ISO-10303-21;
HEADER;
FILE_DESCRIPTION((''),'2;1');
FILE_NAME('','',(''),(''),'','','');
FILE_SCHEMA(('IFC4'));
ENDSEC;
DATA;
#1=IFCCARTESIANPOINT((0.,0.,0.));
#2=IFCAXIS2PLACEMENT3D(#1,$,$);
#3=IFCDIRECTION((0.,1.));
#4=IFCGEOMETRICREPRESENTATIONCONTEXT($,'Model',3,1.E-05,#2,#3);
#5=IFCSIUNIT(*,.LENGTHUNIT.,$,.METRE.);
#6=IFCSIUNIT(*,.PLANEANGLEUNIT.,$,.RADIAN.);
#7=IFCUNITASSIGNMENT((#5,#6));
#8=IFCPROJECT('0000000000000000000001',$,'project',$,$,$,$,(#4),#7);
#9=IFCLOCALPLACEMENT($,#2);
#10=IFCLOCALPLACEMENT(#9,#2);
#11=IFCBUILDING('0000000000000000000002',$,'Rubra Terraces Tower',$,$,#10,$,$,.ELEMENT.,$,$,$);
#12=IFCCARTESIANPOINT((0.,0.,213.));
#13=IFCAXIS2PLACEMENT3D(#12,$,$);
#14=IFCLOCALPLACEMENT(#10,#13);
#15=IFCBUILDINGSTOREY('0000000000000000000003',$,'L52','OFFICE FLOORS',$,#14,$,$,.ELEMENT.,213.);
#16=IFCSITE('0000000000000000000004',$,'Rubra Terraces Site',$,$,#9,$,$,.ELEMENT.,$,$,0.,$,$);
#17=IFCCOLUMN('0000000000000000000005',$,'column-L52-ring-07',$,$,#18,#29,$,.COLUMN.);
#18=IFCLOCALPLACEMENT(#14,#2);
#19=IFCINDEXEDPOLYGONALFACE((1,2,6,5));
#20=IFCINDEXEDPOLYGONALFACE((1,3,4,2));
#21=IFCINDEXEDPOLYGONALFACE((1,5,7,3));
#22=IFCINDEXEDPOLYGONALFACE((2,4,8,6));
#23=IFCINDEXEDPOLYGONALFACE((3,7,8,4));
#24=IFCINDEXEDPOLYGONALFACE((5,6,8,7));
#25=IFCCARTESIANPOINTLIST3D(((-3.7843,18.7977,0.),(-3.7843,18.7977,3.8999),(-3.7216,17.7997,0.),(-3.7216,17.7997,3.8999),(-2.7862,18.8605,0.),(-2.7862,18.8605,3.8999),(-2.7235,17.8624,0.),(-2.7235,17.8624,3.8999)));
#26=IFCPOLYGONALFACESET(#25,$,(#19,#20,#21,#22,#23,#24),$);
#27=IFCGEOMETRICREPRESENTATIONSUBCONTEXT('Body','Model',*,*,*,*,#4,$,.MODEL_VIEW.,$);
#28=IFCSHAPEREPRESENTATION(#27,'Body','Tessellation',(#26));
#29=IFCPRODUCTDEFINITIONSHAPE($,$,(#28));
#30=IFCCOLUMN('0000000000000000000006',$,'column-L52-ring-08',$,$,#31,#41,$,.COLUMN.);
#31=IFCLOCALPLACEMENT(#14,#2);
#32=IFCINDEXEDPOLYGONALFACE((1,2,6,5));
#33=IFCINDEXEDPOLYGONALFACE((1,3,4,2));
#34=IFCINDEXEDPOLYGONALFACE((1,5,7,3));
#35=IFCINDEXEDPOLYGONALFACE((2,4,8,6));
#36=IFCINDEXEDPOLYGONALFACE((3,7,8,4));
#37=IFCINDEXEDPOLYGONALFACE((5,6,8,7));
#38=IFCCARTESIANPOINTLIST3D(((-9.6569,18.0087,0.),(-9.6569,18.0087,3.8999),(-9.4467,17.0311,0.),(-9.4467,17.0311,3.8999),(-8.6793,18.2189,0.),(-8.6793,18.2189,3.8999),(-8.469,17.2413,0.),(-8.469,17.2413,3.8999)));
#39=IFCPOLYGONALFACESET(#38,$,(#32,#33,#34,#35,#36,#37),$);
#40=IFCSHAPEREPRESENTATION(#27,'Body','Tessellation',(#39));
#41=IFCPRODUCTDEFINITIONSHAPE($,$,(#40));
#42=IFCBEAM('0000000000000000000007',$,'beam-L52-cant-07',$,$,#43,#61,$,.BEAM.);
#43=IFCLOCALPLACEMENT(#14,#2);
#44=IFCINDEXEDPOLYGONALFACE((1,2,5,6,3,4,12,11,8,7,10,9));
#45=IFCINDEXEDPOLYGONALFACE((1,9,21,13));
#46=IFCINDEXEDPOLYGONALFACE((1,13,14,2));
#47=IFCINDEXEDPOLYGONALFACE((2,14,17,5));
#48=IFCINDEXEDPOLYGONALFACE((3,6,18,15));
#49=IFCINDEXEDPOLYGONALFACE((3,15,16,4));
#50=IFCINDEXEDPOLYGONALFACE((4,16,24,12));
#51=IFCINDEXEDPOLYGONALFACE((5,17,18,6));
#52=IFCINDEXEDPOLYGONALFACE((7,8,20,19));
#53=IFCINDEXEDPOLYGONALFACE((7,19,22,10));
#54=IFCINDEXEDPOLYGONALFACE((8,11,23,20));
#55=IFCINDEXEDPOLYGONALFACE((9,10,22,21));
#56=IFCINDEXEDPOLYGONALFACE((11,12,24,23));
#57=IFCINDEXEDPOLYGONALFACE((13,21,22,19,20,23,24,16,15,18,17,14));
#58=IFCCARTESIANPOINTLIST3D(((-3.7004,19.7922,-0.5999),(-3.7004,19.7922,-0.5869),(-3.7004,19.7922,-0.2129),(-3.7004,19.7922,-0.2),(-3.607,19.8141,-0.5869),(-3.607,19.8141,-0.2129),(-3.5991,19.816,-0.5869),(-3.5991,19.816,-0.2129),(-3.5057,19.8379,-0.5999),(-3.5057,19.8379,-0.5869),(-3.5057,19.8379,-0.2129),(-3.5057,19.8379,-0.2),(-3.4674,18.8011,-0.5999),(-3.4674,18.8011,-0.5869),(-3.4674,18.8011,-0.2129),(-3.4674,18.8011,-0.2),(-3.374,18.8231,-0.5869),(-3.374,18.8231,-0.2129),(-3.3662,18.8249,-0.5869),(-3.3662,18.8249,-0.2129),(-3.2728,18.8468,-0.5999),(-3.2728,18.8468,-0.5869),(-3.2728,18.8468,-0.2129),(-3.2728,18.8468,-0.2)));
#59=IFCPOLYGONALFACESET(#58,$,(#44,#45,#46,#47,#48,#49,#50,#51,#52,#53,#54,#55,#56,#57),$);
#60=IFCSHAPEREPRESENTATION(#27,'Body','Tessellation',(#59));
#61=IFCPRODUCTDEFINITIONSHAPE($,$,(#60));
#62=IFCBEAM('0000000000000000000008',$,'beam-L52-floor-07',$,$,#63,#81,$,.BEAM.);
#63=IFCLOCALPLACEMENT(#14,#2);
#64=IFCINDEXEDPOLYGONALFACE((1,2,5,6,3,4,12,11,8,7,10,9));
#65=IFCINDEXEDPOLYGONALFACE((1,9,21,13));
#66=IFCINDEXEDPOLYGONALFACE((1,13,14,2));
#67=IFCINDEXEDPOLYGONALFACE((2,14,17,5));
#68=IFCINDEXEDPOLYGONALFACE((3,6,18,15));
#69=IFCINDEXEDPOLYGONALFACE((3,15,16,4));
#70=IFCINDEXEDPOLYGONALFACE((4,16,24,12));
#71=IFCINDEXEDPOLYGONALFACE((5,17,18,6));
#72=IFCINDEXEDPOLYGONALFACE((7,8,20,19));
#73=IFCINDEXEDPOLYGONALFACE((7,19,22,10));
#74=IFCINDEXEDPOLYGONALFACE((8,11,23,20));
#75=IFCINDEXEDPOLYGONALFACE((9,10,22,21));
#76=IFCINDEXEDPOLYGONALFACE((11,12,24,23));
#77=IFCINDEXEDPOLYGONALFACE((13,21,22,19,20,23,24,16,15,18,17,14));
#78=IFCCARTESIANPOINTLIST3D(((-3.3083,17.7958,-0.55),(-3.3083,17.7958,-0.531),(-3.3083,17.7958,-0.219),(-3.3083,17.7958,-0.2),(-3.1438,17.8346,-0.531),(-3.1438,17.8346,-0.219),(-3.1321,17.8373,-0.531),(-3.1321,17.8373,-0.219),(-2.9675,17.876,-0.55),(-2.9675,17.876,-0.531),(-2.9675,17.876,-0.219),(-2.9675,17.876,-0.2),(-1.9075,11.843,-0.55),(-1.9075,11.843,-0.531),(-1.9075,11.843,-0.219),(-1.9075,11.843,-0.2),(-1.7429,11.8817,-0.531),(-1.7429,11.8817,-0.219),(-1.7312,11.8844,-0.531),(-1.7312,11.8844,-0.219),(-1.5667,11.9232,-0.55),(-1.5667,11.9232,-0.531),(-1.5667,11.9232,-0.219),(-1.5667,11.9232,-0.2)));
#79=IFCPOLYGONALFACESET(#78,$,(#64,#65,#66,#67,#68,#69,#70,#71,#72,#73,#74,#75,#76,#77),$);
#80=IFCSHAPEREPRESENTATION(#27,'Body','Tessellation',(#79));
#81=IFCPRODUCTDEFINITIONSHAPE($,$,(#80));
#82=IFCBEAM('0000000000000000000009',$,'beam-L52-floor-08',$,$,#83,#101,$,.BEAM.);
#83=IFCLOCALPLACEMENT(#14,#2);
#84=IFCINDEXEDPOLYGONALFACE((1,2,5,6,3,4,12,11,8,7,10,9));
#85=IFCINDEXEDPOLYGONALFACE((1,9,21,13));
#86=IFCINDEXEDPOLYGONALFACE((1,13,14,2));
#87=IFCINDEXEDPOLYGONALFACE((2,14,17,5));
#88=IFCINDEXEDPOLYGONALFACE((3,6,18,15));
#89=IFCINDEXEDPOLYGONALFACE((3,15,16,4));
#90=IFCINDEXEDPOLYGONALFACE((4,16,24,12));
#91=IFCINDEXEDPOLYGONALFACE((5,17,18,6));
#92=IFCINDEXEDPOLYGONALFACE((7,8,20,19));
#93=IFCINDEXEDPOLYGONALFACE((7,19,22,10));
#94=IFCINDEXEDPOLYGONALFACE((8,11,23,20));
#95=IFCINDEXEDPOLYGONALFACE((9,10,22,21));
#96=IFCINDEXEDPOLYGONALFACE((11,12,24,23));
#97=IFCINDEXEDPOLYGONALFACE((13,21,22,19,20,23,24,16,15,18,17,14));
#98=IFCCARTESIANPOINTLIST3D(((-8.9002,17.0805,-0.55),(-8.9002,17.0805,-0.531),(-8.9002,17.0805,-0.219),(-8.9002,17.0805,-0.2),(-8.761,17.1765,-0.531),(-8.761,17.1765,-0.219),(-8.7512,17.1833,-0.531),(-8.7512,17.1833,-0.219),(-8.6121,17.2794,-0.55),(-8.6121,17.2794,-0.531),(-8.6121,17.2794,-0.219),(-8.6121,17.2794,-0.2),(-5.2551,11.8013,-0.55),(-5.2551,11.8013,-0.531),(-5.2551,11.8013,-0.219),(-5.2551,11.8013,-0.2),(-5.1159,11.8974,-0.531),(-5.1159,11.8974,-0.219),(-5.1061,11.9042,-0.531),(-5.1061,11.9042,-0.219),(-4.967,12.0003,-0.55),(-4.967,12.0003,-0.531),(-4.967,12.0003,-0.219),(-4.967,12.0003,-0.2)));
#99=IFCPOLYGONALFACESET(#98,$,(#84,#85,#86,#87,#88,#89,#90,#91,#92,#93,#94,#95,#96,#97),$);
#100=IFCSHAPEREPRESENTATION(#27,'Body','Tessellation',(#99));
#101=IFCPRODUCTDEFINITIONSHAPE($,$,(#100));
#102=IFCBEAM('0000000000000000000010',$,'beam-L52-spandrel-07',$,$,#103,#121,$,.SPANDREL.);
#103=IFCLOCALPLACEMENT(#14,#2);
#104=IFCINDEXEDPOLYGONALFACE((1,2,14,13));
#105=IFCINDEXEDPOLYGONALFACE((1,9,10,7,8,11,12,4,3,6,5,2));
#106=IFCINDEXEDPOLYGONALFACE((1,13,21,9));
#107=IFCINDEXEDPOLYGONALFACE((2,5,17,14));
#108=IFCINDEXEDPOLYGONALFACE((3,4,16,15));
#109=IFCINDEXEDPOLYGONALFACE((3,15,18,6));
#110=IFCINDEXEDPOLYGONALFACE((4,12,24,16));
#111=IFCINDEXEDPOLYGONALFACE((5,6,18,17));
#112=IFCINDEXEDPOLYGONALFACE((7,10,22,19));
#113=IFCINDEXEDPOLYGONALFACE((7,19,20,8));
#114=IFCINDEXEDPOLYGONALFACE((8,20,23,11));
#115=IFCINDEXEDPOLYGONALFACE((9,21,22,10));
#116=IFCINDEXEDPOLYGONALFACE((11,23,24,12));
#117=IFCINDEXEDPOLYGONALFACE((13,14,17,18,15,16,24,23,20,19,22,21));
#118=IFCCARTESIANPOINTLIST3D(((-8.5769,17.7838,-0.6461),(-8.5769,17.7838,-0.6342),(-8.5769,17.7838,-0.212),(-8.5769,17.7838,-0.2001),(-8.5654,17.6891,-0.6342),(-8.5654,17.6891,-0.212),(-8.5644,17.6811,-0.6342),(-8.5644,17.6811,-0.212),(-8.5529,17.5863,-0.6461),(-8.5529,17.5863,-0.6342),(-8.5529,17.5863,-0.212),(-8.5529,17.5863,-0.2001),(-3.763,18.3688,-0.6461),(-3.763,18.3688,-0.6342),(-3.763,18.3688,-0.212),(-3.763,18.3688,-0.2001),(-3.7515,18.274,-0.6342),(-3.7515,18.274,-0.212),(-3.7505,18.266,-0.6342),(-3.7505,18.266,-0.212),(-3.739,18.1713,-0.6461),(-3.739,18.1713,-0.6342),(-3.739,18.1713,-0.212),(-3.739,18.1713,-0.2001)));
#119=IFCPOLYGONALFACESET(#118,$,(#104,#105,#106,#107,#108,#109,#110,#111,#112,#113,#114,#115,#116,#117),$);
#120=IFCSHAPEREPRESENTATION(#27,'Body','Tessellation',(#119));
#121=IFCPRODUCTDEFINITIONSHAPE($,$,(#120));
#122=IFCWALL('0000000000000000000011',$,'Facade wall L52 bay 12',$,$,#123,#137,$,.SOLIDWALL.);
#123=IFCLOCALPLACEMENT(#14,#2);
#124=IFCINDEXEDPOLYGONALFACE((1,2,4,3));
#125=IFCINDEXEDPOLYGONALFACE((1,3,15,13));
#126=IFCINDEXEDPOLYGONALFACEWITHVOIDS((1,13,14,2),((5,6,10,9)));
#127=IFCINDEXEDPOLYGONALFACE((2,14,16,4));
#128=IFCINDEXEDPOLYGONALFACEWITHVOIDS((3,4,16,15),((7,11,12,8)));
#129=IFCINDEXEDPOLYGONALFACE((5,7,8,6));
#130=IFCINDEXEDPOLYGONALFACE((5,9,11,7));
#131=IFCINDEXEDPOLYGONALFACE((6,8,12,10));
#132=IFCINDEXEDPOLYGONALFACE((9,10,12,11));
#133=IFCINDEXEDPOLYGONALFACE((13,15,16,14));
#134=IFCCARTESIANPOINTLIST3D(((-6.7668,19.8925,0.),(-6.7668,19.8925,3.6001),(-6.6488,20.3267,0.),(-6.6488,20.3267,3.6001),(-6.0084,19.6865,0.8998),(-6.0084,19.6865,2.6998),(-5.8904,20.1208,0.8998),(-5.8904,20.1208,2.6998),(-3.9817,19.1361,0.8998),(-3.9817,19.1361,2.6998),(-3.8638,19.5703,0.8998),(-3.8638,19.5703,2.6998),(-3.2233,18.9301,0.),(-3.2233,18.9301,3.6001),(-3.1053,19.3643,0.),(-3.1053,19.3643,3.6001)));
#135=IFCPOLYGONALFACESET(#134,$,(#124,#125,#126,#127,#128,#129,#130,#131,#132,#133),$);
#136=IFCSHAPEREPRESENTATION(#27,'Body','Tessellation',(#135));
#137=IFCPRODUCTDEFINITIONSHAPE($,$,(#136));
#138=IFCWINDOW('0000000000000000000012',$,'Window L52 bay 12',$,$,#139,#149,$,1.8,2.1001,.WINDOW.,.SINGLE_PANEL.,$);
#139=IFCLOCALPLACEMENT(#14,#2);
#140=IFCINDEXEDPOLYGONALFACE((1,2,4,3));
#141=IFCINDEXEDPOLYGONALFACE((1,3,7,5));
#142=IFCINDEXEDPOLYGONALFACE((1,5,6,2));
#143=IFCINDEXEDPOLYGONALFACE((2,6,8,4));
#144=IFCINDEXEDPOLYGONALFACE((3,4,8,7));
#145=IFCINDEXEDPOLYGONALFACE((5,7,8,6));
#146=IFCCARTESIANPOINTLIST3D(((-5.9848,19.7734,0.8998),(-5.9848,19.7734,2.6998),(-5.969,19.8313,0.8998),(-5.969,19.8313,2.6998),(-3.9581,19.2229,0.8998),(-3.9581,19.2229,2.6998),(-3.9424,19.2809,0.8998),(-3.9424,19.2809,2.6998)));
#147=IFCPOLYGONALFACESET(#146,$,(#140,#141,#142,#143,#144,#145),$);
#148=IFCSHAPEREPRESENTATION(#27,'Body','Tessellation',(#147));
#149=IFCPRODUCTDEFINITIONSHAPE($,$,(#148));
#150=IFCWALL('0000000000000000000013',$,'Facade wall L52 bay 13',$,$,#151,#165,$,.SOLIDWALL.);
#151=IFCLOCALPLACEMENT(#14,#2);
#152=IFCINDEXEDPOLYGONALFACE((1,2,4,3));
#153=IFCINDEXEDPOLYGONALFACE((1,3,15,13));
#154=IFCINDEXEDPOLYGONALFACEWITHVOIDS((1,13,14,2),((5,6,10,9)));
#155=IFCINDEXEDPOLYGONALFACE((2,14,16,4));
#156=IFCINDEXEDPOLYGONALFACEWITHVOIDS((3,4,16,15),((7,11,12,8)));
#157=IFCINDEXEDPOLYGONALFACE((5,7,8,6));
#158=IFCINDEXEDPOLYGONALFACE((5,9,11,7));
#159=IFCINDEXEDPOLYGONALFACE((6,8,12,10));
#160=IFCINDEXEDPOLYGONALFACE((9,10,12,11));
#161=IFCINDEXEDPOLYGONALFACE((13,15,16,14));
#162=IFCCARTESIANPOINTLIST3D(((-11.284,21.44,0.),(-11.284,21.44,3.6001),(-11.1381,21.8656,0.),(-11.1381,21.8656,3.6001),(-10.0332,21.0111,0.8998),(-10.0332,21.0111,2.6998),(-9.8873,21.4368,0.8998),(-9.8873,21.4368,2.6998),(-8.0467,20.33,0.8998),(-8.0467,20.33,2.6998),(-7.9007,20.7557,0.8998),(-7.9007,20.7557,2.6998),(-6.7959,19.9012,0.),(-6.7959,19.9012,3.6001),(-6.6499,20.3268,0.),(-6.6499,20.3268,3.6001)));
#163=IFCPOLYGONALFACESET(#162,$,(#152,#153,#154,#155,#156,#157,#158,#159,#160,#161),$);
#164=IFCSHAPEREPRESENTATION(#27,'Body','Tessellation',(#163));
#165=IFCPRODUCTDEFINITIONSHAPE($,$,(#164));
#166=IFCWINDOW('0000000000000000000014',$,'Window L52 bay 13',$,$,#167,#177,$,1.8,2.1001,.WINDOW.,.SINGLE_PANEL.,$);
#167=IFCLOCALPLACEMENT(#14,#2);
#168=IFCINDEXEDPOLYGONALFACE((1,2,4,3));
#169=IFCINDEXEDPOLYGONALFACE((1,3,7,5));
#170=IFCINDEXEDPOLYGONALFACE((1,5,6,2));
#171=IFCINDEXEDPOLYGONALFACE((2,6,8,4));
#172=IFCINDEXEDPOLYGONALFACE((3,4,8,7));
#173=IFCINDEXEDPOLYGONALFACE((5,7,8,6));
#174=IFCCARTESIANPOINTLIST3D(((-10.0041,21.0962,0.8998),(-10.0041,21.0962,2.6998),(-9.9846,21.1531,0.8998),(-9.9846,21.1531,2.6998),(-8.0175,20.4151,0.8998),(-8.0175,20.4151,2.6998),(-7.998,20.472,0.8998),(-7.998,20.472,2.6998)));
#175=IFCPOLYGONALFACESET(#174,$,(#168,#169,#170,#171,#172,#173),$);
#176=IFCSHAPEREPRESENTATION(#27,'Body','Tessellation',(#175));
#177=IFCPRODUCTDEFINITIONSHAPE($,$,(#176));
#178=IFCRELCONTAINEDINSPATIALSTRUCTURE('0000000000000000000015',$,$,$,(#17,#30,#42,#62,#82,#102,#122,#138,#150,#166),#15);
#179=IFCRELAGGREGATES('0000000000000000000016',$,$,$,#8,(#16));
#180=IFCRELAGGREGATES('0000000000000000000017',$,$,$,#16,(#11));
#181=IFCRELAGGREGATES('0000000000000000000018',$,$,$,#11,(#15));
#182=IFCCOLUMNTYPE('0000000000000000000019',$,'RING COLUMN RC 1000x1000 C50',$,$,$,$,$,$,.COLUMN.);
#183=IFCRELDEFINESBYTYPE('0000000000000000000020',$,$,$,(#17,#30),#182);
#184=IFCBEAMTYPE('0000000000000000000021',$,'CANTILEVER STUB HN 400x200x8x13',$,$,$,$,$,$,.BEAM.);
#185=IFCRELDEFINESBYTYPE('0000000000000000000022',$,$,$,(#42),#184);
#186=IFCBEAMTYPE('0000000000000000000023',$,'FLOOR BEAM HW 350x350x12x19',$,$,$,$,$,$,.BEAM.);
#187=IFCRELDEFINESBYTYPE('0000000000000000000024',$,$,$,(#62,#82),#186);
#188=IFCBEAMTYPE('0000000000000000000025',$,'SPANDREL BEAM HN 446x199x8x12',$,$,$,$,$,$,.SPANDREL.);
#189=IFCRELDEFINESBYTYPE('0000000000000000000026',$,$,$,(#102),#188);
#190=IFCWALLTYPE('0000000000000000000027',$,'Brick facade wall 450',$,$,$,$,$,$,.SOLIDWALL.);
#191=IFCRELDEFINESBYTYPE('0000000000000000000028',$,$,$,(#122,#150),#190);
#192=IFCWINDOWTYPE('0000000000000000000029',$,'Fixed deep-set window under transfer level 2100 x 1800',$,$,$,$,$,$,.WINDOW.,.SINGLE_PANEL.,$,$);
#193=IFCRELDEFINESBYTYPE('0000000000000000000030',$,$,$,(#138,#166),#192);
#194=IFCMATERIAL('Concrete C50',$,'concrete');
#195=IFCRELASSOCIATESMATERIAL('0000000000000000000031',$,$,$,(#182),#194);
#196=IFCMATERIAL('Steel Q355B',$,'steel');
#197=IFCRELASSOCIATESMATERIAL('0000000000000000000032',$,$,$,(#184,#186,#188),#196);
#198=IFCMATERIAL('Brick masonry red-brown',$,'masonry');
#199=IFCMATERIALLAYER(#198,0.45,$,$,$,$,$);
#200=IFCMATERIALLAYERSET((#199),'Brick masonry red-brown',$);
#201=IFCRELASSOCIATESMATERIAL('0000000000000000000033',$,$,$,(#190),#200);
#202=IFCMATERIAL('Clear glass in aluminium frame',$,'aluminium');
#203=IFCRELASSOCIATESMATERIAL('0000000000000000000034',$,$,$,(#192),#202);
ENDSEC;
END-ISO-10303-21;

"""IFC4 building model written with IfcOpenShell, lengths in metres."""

from ifc_helpers import new_model, si_unit, direction, frame, frame_2d, origin, origin_2d, place, context, subcontext, project, spatial, rectangle, i_section, extrude, material, layer, layer_set, material_profile, profile_set, type_object, element, fill, save


model = new_model("IFC4")

# Units and contexts
model_context = context("Model", 3, precision=1e-05, world=origin(), true_north=direction((0.0, 1.0)))
body_context = subcontext(model_context, "Body", "Model", "MODEL_VIEW")
ifc_project = project(units=[si_unit("LENGTHUNIT", "METRE"), si_unit("PLANEANGLEUNIT", "RADIAN")], contexts=[model_context])

# Site, building, storey
site_placement = place(None, origin())
site = spatial("IfcSite", under=ifc_project, at=site_placement, Name="Rubra Terraces Site", CompositionType="ELEMENT", RefElevation=0.0)
building_placement = place(site_placement, origin())
building = spatial("IfcBuilding", under=site, at=building_placement, Name="Rubra Terraces Tower", CompositionType="ELEMENT")
storey_placement = place(building_placement, frame((0.0, 0.0, 213.0)))
storey = spatial("IfcBuildingStorey", under=building, at=storey_placement, Name="L52", Description="OFFICE FLOORS", CompositionType="ELEMENT", Elevation=213.0)

# Columns
ifc_material_1 = material(Name="Concrete C50", Category="concrete")
ifc_material_profile_1 = material_profile(ifc_material_1, rectangle(XDim=1.0, YDim=1.0, at=origin_2d()), Name="RC 1000x1000")
ifc_profile_set_1 = profile_set([ifc_material_profile_1], Name="Concrete C50")
column_type = type_object("IfcColumnType", Name="RING COLUMN RC 1000x1000 C50", PredefinedType="COLUMN", material=ifc_profile_set_1)
for number, where, z_axis, x_axis, name in (
    (1, (-3.2539, 18.3301, 0.0), (0.0, 0.0, 1.0), (-0.998032, -0.062714, 0.0), "column-L52-ring-07"),
    (2, (-9.063, 17.625, 0.0), (0.0, 0.0, 1.0), (-0.977653, -0.210227, 0.0), "column-L52-ring-08"),
):
    element("IfcColumn", number, at=place(storey_placement, frame(where, z_axis=z_axis, x_axis=x_axis)), inside=storey, type_object=column_type, Name=name, PredefinedType="COLUMN", context=body_context, shape_type="SweptSolid", body=[
        extrude(rectangle(XDim=1.0, YDim=1.0, at=origin_2d()), origin(), (0.0, 0.0, 1.0), 3.8999),
    ])

# Beams
ifc_material_2 = material(Name="Steel Q355B", Category="steel")
ifc_material_profile_2 = material_profile(ifc_material_2, i_section(OverallWidth=0.2, OverallDepth=0.3999, WebThickness=0.0081, FlangeThickness=0.0129, at=origin_2d()), Name="HN 400x200x8x13")
ifc_profile_set_2 = profile_set([ifc_material_profile_2], Name="Steel Q355B")
beam_type_1 = type_object("IfcBeamType", Name="CANTILEVER STUB HN 400x200x8x13", PredefinedType="BEAM", material=ifc_profile_set_2)
beam_1_placement = place(storey_placement, frame((-3.3701, 18.824, -0.3999), z_axis=(-0.228799, 0.973474, 0.0), x_axis=(-0.973474, -0.228799, 0.0)))
element("IfcBeam", 3, at=beam_1_placement, inside=storey, type_object=beam_type_1, Name="beam-L52-cant-07", PredefinedType="BEAM", context=body_context, shape_type="SweptSolid", body=[
    extrude(i_section(OverallWidth=0.2, OverallDepth=0.3999, WebThickness=0.0081, FlangeThickness=0.0129, at=origin_2d()), origin(), (0.0, 0.0, 1.0), 1.0181),
])
ifc_material_profile_3 = material_profile(ifc_material_2, i_section(OverallWidth=0.3501, OverallDepth=0.3501, WebThickness=0.012, FlangeThickness=0.019, at=origin_2d()), Name="HW 350x350x12x19")
ifc_profile_set_3 = profile_set([ifc_material_profile_3], Name="Steel Q355B")
beam_type_2 = type_object("IfcBeamType", Name="FLOOR BEAM HW 350x350x12x19", PredefinedType="BEAM", material=ifc_profile_set_3)
beam_2_placement = place(storey_placement, frame((-3.1379, 17.8359, -0.375), z_axis=(0.22907, -0.97341, 0.0), x_axis=(0.97341, 0.22907, 0.0)))
element("IfcBeam", 4, at=beam_2_placement, inside=storey, type_object=beam_type_2, Name="beam-L52-floor-07", PredefinedType="BEAM", context=body_context, shape_type="SweptSolid", body=[
    extrude(i_section(OverallWidth=0.3501, OverallDepth=0.3501, WebThickness=0.012, FlangeThickness=0.019, at=origin_2d()), origin(), (0.0, 0.0, 1.0), 6.1155),
])
beam_3_placement = place(storey_placement, frame((-8.7561, 17.1799, -0.375), z_axis=(0.568186, -0.8229, 0.0), x_axis=(0.8229, 0.568186, 0.0)))
element("IfcBeam", 5, at=beam_3_placement, inside=storey, type_object=beam_type_2, Name="beam-L52-floor-08", PredefinedType="BEAM", context=body_context, shape_type="SweptSolid", body=[
    extrude(i_section(OverallWidth=0.3501, OverallDepth=0.3501, WebThickness=0.012, FlangeThickness=0.019, at=origin_2d()), origin(), (0.0, 0.0, 1.0), 6.4153),
])
ifc_material_profile_4 = material_profile(ifc_material_2, i_section(OverallWidth=0.199, OverallDepth=0.446, WebThickness=0.0081, FlangeThickness=0.012, at=origin_2d()), Name="HN 446x199x8x12")
ifc_profile_set_4 = profile_set([ifc_material_profile_4], Name="Steel Q355B")
beam_type_3 = type_object("IfcBeamType", Name="SPANDREL BEAM HN 446x199x8x12", PredefinedType="SPANDREL", material=ifc_profile_set_4)
beam_4_placement = place(storey_placement, frame((-3.751, 18.27, -0.4231), z_axis=(-0.992698, -0.120626, 0.0), x_axis=(0.120626, -0.992698, 0.0)))
element("IfcBeam", 6, at=beam_4_placement, inside=storey, type_object=beam_type_3, Name="beam-L52-spandrel-07", PredefinedType="SPANDREL", context=body_context, shape_type="SweptSolid", body=[
    extrude(i_section(OverallWidth=0.199, OverallDepth=0.446, WebThickness=0.0081, FlangeThickness=0.012, at=origin_2d()), origin(), (0.0, 0.0, 1.0), 4.8494),
])

# Walls, openings, windows
ifc_material_3 = material(Name="Brick masonry red-brown", Category="masonry")
ifc_layer_1 = layer(ifc_material_3, 0.45)
ifc_layer_set_1 = layer_set([ifc_layer_1], Name="Brick masonry red-brown")
wall_type_1 = type_object("IfcWallType", Name="Brick facade wall 450", PredefinedType="SOLIDWALL", material=ifc_layer_set_1)
wall_1_placement = place(storey_placement, frame((-3.1643, 19.1472, 0.0), z_axis=(0.0, 0.0, 1.0), x_axis=(-0.965039, 0.262105, 0.0)))
wall_1 = element("IfcWall", 7, at=wall_1_placement, inside=storey, type_object=wall_type_1, Name="Facade wall L52 bay 12", PredefinedType="SOLIDWALL", context=body_context, shape_type="SweptSolid", body=[
    extrude(rectangle(XDim=3.6719, YDim=0.45, at=frame_2d((1.8359, 0.0))), origin(), (0.0, 0.0, 1.0), 3.6001),
])
opening_1_placement = place(wall_1_placement, frame((0.7859, 0.0, 0.8999)))
opening_1 = element("IfcOpeningElement", 8, at=opening_1_placement, cuts=wall_1, PredefinedType="OPENING", context=body_context, shape_type="SweptSolid", body=[
    extrude(rectangle(XDim=2.1001, YDim=1.8, at=frame_2d((1.05, 0.8999))), frame((0.0, 0.2349, 0.0), z_axis=(0.0, -1.0, 0.0), x_axis=(1.0, 0.0, 0.0)), (0.0, 0.0, 1.0), 0.47),
])
ifc_material_4 = material(Name="Clear glass in aluminium frame", Category="aluminium")
window_type = type_object("IfcWindowType", Name="Fixed deep-set window under transfer level 2100 x 1800", PartitioningType="SINGLE_PANEL", PredefinedType="WINDOW", material=ifc_material_4)
window_1_placement = place(opening_1_placement, origin())
window_1 = element("IfcWindow", 9, at=window_1_placement, inside=storey, type_object=window_type, Name="Window L52 bay 12", OverallHeight=1.8, OverallWidth=2.1001, PartitioningType="SINGLE_PANEL", PredefinedType="WINDOW", context=body_context, shape_type="SweptSolid", body=[
    extrude(rectangle(XDim=2.1001, YDim=1.8, at=frame_2d((1.05, 0.8999))), frame((0.0, 0.135, 0.0), z_axis=(0.0, -1.0, 0.0), x_axis=(1.0, 0.0, 0.0)), (0.0, 0.0, 1.0), 0.0601),
])
fill(opening_1, window_1)
wall_2_placement = place(storey_placement, frame((-6.7229, 20.114, 0.0), z_axis=(0.0, 0.0, 1.0), x_axis=(-0.945947, 0.32432, 0.0)))
wall_2 = element("IfcWall", 10, at=wall_2_placement, inside=storey, type_object=wall_type_1, Name="Facade wall L52 bay 13", PredefinedType="SOLIDWALL", context=body_context, shape_type="SweptSolid", body=[
    extrude(rectangle(XDim=4.7446, YDim=0.45, at=frame_2d((2.3723, 0.0))), origin(), (0.0, 0.0, 1.0), 3.6001),
])
opening_2_placement = place(wall_2_placement, frame((1.3223, 0.0, 0.8999)))
opening_2 = element("IfcOpeningElement", 11, at=opening_2_placement, cuts=wall_2, PredefinedType="OPENING", context=body_context, shape_type="SweptSolid", body=[
    extrude(rectangle(XDim=2.1001, YDim=1.8, at=frame_2d((1.05, 0.8999))), frame((0.0, 0.2349, 0.0), z_axis=(0.0, -1.0, 0.0), x_axis=(1.0, 0.0, 0.0)), (0.0, 0.0, 1.0), 0.47),
])
window_2_placement = place(opening_2_placement, origin())
window_2 = element("IfcWindow", 12, at=window_2_placement, inside=storey, type_object=window_type, Name="Window L52 bay 13", OverallHeight=1.8, OverallWidth=2.1001, PartitioningType="SINGLE_PANEL", PredefinedType="WINDOW", context=body_context, shape_type="SweptSolid", body=[
    extrude(rectangle(XDim=2.1001, YDim=1.8, at=frame_2d((1.05, 0.8999))), frame((0.0, 0.135, 0.0), z_axis=(0.0, -1.0, 0.0), x_axis=(1.0, 0.0, 0.0)), (0.0, 0.0, 1.0), 0.0601),
])
fill(opening_2, window_2)

save(model, "model.ifc")
